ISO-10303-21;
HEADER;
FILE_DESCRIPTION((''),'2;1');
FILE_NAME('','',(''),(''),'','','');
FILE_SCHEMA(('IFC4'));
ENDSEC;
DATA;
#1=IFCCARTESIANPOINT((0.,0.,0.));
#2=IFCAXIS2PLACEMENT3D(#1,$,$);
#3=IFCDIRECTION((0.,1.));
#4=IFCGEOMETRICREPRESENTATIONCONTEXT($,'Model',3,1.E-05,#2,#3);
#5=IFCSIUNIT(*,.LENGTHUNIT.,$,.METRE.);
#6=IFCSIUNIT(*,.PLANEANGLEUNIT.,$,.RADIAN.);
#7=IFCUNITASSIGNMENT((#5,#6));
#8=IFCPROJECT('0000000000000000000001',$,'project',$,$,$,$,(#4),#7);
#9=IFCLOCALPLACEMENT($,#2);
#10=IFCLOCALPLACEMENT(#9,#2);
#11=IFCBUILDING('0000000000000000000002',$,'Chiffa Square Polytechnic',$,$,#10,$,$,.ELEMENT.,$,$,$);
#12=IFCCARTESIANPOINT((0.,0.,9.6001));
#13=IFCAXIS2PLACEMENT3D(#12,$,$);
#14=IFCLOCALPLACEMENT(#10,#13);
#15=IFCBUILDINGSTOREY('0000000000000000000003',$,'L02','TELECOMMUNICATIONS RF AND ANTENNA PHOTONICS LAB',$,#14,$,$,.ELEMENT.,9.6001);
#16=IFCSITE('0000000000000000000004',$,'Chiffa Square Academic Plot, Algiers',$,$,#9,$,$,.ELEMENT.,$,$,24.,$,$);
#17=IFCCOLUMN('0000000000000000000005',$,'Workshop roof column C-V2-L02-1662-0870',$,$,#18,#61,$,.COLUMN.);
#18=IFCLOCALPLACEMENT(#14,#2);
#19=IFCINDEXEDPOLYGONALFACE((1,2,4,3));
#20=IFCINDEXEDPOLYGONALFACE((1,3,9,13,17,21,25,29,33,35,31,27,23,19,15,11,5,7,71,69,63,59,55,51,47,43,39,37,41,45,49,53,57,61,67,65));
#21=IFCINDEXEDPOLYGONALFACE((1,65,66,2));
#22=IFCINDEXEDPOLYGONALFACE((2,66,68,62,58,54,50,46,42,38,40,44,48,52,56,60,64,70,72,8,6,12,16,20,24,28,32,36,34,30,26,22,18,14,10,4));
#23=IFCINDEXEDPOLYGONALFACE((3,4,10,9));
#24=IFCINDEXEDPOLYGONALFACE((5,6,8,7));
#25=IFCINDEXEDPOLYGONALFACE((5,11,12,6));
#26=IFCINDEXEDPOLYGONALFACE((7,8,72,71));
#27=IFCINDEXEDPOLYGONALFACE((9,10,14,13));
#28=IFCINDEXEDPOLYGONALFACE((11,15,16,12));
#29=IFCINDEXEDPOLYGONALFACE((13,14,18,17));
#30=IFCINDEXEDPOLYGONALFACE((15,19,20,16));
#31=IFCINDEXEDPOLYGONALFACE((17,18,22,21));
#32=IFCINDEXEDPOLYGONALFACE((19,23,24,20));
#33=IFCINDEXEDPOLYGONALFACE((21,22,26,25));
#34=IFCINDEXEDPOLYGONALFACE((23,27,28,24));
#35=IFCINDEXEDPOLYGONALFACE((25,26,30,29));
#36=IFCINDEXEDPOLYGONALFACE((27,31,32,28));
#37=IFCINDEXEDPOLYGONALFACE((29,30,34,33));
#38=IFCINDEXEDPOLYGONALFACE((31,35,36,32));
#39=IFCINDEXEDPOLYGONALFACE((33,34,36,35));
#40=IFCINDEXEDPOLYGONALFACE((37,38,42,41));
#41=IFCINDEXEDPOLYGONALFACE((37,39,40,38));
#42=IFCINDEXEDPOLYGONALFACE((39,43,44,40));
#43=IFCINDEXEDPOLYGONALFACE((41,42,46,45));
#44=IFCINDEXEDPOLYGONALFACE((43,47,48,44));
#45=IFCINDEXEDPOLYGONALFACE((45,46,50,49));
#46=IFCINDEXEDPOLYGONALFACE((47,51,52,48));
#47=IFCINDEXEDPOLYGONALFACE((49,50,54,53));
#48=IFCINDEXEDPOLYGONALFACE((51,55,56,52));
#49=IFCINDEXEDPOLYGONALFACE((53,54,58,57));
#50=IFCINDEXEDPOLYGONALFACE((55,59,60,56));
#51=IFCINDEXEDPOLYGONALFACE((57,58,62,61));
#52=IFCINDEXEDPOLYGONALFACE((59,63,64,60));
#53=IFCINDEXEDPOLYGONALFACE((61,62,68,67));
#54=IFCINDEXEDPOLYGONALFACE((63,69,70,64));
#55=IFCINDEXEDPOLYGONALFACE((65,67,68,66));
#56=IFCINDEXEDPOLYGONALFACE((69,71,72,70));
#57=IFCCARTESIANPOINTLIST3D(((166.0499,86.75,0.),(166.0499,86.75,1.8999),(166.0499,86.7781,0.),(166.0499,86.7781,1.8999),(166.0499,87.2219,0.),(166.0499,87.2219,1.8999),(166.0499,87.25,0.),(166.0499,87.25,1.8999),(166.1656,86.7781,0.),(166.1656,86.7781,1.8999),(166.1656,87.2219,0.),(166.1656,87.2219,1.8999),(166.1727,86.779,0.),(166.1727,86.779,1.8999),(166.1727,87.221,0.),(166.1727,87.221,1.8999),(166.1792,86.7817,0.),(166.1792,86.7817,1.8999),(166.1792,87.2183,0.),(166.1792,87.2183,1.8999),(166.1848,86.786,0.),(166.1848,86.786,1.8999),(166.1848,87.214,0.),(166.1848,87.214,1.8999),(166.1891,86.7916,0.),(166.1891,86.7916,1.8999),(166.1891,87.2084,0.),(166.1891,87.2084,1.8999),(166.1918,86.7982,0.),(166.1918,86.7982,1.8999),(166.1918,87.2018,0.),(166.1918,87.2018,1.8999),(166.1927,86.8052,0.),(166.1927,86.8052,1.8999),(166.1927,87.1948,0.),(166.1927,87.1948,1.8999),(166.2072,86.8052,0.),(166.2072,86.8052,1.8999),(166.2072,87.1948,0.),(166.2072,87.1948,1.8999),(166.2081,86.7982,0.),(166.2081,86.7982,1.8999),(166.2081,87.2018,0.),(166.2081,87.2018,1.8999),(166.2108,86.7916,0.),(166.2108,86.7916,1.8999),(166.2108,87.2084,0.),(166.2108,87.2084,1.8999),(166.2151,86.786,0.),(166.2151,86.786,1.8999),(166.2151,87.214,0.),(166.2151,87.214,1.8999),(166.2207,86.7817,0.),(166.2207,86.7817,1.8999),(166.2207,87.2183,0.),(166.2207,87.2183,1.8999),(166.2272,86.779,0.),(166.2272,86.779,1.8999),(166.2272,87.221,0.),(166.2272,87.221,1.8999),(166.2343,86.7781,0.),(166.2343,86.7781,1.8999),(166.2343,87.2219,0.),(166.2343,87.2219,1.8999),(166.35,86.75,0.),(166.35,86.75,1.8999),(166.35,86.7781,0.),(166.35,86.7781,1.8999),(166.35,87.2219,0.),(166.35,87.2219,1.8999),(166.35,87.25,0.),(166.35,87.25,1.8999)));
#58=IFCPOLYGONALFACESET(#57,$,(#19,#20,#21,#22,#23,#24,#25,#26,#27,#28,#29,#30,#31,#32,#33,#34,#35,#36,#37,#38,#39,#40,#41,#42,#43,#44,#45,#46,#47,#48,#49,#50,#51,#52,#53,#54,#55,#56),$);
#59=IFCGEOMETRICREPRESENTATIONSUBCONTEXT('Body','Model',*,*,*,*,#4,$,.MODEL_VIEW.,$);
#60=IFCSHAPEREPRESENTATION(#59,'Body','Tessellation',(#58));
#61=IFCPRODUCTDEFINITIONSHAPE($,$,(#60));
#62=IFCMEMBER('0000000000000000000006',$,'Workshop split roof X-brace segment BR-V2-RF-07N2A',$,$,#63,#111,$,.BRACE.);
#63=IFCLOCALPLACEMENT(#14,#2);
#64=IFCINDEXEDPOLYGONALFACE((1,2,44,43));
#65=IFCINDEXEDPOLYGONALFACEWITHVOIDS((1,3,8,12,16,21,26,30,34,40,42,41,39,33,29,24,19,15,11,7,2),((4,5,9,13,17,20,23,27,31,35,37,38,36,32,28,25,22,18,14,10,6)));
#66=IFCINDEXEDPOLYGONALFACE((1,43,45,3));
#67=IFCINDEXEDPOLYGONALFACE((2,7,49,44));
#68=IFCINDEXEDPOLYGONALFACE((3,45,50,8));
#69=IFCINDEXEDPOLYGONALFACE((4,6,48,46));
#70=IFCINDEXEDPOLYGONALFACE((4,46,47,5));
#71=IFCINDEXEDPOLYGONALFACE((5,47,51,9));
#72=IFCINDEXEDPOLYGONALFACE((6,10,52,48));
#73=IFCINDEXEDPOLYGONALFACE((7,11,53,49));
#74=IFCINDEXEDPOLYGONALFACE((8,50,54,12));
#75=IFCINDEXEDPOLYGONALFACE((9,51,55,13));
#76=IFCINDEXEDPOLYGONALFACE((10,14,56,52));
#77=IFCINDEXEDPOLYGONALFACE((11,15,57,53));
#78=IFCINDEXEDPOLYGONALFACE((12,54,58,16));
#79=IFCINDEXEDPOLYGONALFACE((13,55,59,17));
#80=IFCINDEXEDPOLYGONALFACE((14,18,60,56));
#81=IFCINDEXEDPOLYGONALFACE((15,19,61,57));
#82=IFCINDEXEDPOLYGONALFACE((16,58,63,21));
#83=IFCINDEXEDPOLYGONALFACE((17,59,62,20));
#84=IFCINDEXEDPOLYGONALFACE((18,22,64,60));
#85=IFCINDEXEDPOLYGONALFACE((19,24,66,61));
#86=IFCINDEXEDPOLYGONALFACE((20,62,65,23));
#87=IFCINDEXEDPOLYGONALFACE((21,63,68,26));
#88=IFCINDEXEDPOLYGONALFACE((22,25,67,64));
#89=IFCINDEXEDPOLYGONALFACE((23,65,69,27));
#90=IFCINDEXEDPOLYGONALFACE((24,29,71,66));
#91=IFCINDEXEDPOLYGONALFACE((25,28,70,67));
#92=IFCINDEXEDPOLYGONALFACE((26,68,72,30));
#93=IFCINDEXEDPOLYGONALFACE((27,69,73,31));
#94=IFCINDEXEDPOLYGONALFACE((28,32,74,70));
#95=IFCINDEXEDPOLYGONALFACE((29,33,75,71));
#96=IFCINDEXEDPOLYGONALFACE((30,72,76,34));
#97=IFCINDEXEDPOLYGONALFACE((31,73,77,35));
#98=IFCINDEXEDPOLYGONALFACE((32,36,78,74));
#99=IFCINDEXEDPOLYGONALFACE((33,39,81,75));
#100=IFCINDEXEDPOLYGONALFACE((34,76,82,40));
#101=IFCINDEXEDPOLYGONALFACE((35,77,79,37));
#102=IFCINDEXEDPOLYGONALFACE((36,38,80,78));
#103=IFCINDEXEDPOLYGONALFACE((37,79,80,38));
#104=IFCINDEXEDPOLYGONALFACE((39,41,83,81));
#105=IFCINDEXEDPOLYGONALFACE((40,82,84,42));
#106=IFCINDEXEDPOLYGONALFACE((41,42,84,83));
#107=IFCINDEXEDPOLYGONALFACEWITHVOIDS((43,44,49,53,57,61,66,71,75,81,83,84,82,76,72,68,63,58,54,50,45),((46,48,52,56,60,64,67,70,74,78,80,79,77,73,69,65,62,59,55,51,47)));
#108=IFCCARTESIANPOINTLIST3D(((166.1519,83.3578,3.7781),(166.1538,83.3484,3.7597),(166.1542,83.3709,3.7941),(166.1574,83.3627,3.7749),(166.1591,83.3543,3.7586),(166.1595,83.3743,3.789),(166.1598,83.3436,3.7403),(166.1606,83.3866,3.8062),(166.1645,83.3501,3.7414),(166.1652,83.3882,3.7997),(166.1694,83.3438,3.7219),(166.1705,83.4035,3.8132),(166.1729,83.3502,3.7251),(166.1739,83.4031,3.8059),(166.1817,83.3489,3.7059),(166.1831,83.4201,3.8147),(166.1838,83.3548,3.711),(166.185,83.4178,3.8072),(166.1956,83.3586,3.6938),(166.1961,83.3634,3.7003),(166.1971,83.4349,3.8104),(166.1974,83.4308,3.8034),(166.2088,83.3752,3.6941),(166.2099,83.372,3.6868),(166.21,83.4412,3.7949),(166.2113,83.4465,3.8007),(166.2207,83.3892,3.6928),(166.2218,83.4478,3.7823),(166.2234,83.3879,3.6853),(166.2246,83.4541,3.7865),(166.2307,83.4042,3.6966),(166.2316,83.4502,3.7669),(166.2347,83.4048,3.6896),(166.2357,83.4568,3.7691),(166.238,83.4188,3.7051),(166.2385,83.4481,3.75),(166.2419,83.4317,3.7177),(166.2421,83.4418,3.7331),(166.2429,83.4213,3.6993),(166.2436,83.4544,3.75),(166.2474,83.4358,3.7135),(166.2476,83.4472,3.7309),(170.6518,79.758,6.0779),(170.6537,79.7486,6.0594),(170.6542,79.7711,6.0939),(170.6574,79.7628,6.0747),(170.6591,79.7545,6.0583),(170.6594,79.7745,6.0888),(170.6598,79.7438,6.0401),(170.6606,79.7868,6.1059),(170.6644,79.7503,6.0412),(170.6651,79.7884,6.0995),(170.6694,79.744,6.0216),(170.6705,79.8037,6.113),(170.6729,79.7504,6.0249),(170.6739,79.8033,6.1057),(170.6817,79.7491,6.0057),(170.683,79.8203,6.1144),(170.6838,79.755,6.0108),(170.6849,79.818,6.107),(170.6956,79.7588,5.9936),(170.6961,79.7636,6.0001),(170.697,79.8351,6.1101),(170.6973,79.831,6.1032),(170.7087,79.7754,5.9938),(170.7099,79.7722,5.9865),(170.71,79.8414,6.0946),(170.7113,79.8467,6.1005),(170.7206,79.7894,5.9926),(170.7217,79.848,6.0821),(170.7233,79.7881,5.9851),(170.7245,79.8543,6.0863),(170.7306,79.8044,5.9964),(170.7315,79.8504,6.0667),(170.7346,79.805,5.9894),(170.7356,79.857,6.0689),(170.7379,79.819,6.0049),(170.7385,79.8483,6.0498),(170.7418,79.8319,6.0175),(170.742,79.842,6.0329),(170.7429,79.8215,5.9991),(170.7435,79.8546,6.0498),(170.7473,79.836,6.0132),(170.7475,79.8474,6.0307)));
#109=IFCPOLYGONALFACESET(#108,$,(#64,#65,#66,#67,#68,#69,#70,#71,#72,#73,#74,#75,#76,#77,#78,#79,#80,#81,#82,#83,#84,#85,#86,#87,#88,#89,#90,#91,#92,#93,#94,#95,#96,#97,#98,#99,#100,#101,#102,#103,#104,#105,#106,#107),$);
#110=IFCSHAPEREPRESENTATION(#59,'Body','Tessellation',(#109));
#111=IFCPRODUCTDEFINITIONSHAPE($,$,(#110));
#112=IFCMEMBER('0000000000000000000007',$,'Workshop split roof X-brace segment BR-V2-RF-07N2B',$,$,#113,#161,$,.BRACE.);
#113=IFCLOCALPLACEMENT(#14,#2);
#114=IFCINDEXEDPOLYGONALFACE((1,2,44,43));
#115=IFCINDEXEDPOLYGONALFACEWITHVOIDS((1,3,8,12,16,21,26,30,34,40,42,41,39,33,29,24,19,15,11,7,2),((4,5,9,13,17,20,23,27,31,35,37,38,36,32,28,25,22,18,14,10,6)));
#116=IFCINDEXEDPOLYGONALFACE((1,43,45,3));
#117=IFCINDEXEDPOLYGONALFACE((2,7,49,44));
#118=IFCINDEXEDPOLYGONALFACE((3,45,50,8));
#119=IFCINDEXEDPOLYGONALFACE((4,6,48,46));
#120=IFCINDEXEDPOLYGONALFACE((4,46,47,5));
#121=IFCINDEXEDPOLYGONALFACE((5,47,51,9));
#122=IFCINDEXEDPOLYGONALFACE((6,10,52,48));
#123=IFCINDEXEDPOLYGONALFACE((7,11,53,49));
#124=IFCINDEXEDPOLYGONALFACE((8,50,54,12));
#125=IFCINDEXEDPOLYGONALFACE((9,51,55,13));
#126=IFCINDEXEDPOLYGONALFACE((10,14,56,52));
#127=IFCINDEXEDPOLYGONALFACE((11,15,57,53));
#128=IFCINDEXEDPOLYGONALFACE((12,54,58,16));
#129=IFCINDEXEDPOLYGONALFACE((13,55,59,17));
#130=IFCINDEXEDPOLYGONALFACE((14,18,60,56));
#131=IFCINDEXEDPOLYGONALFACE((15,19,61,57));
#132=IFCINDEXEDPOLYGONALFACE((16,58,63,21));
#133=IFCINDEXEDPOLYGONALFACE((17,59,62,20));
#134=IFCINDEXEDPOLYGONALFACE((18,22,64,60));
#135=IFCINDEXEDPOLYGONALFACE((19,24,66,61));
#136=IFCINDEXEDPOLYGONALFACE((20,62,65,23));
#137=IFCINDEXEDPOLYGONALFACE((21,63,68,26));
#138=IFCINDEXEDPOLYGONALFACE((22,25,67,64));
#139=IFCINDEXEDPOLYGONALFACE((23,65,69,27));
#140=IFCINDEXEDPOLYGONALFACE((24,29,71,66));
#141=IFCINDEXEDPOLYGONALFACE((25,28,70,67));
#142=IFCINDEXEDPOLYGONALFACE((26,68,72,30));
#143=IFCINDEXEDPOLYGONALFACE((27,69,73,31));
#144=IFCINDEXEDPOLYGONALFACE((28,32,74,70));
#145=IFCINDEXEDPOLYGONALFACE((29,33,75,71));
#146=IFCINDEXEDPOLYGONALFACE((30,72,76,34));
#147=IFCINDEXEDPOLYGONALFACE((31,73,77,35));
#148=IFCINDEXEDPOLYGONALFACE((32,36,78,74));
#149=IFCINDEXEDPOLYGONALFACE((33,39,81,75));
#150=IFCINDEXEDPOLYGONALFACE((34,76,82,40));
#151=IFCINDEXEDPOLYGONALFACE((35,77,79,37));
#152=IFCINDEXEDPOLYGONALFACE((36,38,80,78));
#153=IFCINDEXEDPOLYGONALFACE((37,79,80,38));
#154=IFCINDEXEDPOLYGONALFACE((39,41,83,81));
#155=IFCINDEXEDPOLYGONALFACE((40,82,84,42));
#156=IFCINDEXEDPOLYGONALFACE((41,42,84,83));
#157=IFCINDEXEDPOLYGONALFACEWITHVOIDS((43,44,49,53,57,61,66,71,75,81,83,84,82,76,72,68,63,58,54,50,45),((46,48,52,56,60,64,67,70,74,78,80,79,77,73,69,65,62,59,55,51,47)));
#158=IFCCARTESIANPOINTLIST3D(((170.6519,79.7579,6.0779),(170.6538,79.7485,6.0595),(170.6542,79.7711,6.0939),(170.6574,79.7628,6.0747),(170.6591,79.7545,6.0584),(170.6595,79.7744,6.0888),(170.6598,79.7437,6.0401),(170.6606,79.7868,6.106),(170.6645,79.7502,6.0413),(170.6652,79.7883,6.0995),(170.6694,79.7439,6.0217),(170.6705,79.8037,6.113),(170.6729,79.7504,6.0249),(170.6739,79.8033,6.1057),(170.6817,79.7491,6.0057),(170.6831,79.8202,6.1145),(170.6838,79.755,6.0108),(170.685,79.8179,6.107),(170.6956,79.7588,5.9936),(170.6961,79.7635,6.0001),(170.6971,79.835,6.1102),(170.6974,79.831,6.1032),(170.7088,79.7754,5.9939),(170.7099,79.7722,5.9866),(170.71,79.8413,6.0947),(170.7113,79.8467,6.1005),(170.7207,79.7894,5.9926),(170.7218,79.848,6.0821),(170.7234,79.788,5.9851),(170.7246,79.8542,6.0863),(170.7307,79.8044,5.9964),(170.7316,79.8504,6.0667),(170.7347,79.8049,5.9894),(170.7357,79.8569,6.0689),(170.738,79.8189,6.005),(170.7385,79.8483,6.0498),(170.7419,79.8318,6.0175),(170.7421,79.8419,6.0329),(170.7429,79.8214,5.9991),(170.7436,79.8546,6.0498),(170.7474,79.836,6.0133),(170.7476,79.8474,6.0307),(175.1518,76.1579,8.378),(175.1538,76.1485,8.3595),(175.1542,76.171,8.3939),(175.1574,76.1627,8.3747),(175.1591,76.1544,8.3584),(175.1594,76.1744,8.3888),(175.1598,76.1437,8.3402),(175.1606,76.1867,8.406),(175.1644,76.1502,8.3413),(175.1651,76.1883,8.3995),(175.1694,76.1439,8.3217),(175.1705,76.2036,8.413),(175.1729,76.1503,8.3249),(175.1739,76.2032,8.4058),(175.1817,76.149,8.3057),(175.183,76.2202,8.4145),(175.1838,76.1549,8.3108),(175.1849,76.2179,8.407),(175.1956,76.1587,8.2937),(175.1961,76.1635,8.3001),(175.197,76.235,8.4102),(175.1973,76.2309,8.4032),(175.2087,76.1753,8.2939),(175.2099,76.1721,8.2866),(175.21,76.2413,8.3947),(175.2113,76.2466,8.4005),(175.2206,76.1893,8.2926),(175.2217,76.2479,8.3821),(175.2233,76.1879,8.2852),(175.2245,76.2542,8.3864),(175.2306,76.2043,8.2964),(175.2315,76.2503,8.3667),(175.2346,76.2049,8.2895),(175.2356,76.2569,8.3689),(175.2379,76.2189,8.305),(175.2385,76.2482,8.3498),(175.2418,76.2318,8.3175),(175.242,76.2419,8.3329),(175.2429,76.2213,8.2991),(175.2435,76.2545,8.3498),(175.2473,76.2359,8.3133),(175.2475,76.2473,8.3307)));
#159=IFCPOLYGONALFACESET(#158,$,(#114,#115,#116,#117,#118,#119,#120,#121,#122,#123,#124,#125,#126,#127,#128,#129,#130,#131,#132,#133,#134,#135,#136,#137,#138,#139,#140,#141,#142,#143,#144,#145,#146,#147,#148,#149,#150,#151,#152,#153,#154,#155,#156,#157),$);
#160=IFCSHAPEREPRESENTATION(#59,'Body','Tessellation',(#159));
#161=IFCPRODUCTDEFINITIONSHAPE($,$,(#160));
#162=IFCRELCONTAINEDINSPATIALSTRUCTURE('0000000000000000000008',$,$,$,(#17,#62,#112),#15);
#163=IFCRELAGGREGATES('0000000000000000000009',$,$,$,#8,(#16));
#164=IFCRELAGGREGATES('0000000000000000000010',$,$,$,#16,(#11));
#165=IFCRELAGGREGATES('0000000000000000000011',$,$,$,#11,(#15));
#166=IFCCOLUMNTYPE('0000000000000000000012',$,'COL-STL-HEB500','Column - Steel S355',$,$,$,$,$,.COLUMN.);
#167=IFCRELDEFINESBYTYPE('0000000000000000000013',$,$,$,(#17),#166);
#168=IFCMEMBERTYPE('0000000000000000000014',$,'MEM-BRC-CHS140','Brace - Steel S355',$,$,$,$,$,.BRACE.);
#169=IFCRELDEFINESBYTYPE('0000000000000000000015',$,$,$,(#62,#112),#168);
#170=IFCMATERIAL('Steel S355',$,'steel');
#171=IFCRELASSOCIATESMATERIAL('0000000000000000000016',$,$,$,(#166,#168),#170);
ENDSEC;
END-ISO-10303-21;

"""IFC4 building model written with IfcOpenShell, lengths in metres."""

from ifc_helpers import new_model, si_unit, direction, frame, origin, origin_2d, place, context, subcontext, project, spatial, hollow_circle, i_section, extrude, material, material_profile, profile_set, type_object, element, save


model = new_model("IFC4")

# Units and contexts
model_context = context("Model", 3, precision=1e-05, world=origin(), true_north=direction((0.0, 1.0)))
body_context = subcontext(model_context, "Body", "Model", "MODEL_VIEW")
ifc_project = project(units=[si_unit("LENGTHUNIT", "METRE"), si_unit("PLANEANGLEUNIT", "RADIAN")], contexts=[model_context])

# Site, building, storey
site_placement = place(None, origin())
site = spatial("IfcSite", under=ifc_project, at=site_placement, Name="Chiffa Square Academic Plot, Algiers", CompositionType="ELEMENT", RefElevation=24.0)
building_placement = place(site_placement, origin())
building = spatial("IfcBuilding", under=site, at=building_placement, Name="Chiffa Square Polytechnic", CompositionType="ELEMENT")
storey_placement = place(building_placement, frame((0.0, 0.0, 9.6001)))
storey = spatial("IfcBuildingStorey", under=building, at=storey_placement, Name="L02", Description="TELECOMMUNICATIONS RF AND ANTENNA PHOTONICS LAB", CompositionType="ELEMENT", Elevation=9.6001)

# Column
ifc_material_1 = material(Name="Steel S355", Category="steel")
ifc_material_profile_1 = material_profile(ifc_material_1, i_section(OverallWidth=0.3, OverallDepth=0.5, WebThickness=0.0144, FlangeThickness=0.0281, FilletRadius=0.0271, at=origin_2d()), Name="HEB 500")
ifc_profile_set_1 = profile_set([ifc_material_profile_1], Name="Steel S355")
column_type = type_object("IfcColumnType", Name="COL-STL-HEB500", Description="Column - Steel S355", PredefinedType="COLUMN", material=ifc_profile_set_1)
column_placement = place(storey_placement, frame((166.2, 87.0, 0.0), z_axis=(0.0, 0.0, 1.0), x_axis=(1.0, 0.0, 0.0)))
element("IfcColumn", 1, at=column_placement, inside=storey, type_object=column_type, Name="Workshop roof column C-V2-L02-1662-0870", PredefinedType="COLUMN", context=body_context, shape_type="SweptSolid", body=[
    extrude(i_section(OverallWidth=0.3, OverallDepth=0.5, WebThickness=0.0144, FlangeThickness=0.0281, FilletRadius=0.0271, at=origin_2d()), origin(), (0.0, 0.0, 1.0), 1.8999),
])

# Members
ifc_material_profile_2 = material_profile(ifc_material_1, hollow_circle(Radius=0.0698, WallThickness=0.0081, at=origin_2d()), Name="CHS 139.7x8")
ifc_profile_set_2 = profile_set([ifc_material_profile_2], Name="Steel S355")
member_type_1 = type_object("IfcMemberType", Name="MEM-BRC-CHS140", Description="Brace - Steel S355", PredefinedType="BRACE", material=ifc_profile_set_2)
member_1_placement = place(storey_placement, frame((166.2, 83.3999, 3.75), z_axis=(0.725259, -0.580184, 0.370656), x_axis=(0.62468, 0.780881, 0.0)))
element("IfcMember", 2, at=member_1_placement, inside=storey, type_object=member_type_1, Name="Workshop split roof X-brace segment BR-V2-RF-07N2A", PredefinedType="BRACE", context=body_context, shape_type="SweptSolid", body=[
    extrude(hollow_circle(Radius=0.0698, WallThickness=0.0081, at=origin_2d()), origin(), (0.0, 0.0, 1.0), 6.2046),
])
member_2_placement = place(storey_placement, frame((170.7, 79.8, 6.0498), z_axis=(0.725232, -0.580201, 0.370682), x_axis=(0.624705, 0.780861, 0.0)))
element("IfcMember", 3, at=member_2_placement, inside=storey, type_object=member_type_1, Name="Workshop split roof X-brace segment BR-V2-RF-07N2B", PredefinedType="BRACE", context=body_context, shape_type="SweptSolid", body=[
    extrude(hollow_circle(Radius=0.0698, WallThickness=0.0081, at=origin_2d()), origin(), (0.0, 0.0, 1.0), 6.2048),
])

save(model, "model.ifc")
